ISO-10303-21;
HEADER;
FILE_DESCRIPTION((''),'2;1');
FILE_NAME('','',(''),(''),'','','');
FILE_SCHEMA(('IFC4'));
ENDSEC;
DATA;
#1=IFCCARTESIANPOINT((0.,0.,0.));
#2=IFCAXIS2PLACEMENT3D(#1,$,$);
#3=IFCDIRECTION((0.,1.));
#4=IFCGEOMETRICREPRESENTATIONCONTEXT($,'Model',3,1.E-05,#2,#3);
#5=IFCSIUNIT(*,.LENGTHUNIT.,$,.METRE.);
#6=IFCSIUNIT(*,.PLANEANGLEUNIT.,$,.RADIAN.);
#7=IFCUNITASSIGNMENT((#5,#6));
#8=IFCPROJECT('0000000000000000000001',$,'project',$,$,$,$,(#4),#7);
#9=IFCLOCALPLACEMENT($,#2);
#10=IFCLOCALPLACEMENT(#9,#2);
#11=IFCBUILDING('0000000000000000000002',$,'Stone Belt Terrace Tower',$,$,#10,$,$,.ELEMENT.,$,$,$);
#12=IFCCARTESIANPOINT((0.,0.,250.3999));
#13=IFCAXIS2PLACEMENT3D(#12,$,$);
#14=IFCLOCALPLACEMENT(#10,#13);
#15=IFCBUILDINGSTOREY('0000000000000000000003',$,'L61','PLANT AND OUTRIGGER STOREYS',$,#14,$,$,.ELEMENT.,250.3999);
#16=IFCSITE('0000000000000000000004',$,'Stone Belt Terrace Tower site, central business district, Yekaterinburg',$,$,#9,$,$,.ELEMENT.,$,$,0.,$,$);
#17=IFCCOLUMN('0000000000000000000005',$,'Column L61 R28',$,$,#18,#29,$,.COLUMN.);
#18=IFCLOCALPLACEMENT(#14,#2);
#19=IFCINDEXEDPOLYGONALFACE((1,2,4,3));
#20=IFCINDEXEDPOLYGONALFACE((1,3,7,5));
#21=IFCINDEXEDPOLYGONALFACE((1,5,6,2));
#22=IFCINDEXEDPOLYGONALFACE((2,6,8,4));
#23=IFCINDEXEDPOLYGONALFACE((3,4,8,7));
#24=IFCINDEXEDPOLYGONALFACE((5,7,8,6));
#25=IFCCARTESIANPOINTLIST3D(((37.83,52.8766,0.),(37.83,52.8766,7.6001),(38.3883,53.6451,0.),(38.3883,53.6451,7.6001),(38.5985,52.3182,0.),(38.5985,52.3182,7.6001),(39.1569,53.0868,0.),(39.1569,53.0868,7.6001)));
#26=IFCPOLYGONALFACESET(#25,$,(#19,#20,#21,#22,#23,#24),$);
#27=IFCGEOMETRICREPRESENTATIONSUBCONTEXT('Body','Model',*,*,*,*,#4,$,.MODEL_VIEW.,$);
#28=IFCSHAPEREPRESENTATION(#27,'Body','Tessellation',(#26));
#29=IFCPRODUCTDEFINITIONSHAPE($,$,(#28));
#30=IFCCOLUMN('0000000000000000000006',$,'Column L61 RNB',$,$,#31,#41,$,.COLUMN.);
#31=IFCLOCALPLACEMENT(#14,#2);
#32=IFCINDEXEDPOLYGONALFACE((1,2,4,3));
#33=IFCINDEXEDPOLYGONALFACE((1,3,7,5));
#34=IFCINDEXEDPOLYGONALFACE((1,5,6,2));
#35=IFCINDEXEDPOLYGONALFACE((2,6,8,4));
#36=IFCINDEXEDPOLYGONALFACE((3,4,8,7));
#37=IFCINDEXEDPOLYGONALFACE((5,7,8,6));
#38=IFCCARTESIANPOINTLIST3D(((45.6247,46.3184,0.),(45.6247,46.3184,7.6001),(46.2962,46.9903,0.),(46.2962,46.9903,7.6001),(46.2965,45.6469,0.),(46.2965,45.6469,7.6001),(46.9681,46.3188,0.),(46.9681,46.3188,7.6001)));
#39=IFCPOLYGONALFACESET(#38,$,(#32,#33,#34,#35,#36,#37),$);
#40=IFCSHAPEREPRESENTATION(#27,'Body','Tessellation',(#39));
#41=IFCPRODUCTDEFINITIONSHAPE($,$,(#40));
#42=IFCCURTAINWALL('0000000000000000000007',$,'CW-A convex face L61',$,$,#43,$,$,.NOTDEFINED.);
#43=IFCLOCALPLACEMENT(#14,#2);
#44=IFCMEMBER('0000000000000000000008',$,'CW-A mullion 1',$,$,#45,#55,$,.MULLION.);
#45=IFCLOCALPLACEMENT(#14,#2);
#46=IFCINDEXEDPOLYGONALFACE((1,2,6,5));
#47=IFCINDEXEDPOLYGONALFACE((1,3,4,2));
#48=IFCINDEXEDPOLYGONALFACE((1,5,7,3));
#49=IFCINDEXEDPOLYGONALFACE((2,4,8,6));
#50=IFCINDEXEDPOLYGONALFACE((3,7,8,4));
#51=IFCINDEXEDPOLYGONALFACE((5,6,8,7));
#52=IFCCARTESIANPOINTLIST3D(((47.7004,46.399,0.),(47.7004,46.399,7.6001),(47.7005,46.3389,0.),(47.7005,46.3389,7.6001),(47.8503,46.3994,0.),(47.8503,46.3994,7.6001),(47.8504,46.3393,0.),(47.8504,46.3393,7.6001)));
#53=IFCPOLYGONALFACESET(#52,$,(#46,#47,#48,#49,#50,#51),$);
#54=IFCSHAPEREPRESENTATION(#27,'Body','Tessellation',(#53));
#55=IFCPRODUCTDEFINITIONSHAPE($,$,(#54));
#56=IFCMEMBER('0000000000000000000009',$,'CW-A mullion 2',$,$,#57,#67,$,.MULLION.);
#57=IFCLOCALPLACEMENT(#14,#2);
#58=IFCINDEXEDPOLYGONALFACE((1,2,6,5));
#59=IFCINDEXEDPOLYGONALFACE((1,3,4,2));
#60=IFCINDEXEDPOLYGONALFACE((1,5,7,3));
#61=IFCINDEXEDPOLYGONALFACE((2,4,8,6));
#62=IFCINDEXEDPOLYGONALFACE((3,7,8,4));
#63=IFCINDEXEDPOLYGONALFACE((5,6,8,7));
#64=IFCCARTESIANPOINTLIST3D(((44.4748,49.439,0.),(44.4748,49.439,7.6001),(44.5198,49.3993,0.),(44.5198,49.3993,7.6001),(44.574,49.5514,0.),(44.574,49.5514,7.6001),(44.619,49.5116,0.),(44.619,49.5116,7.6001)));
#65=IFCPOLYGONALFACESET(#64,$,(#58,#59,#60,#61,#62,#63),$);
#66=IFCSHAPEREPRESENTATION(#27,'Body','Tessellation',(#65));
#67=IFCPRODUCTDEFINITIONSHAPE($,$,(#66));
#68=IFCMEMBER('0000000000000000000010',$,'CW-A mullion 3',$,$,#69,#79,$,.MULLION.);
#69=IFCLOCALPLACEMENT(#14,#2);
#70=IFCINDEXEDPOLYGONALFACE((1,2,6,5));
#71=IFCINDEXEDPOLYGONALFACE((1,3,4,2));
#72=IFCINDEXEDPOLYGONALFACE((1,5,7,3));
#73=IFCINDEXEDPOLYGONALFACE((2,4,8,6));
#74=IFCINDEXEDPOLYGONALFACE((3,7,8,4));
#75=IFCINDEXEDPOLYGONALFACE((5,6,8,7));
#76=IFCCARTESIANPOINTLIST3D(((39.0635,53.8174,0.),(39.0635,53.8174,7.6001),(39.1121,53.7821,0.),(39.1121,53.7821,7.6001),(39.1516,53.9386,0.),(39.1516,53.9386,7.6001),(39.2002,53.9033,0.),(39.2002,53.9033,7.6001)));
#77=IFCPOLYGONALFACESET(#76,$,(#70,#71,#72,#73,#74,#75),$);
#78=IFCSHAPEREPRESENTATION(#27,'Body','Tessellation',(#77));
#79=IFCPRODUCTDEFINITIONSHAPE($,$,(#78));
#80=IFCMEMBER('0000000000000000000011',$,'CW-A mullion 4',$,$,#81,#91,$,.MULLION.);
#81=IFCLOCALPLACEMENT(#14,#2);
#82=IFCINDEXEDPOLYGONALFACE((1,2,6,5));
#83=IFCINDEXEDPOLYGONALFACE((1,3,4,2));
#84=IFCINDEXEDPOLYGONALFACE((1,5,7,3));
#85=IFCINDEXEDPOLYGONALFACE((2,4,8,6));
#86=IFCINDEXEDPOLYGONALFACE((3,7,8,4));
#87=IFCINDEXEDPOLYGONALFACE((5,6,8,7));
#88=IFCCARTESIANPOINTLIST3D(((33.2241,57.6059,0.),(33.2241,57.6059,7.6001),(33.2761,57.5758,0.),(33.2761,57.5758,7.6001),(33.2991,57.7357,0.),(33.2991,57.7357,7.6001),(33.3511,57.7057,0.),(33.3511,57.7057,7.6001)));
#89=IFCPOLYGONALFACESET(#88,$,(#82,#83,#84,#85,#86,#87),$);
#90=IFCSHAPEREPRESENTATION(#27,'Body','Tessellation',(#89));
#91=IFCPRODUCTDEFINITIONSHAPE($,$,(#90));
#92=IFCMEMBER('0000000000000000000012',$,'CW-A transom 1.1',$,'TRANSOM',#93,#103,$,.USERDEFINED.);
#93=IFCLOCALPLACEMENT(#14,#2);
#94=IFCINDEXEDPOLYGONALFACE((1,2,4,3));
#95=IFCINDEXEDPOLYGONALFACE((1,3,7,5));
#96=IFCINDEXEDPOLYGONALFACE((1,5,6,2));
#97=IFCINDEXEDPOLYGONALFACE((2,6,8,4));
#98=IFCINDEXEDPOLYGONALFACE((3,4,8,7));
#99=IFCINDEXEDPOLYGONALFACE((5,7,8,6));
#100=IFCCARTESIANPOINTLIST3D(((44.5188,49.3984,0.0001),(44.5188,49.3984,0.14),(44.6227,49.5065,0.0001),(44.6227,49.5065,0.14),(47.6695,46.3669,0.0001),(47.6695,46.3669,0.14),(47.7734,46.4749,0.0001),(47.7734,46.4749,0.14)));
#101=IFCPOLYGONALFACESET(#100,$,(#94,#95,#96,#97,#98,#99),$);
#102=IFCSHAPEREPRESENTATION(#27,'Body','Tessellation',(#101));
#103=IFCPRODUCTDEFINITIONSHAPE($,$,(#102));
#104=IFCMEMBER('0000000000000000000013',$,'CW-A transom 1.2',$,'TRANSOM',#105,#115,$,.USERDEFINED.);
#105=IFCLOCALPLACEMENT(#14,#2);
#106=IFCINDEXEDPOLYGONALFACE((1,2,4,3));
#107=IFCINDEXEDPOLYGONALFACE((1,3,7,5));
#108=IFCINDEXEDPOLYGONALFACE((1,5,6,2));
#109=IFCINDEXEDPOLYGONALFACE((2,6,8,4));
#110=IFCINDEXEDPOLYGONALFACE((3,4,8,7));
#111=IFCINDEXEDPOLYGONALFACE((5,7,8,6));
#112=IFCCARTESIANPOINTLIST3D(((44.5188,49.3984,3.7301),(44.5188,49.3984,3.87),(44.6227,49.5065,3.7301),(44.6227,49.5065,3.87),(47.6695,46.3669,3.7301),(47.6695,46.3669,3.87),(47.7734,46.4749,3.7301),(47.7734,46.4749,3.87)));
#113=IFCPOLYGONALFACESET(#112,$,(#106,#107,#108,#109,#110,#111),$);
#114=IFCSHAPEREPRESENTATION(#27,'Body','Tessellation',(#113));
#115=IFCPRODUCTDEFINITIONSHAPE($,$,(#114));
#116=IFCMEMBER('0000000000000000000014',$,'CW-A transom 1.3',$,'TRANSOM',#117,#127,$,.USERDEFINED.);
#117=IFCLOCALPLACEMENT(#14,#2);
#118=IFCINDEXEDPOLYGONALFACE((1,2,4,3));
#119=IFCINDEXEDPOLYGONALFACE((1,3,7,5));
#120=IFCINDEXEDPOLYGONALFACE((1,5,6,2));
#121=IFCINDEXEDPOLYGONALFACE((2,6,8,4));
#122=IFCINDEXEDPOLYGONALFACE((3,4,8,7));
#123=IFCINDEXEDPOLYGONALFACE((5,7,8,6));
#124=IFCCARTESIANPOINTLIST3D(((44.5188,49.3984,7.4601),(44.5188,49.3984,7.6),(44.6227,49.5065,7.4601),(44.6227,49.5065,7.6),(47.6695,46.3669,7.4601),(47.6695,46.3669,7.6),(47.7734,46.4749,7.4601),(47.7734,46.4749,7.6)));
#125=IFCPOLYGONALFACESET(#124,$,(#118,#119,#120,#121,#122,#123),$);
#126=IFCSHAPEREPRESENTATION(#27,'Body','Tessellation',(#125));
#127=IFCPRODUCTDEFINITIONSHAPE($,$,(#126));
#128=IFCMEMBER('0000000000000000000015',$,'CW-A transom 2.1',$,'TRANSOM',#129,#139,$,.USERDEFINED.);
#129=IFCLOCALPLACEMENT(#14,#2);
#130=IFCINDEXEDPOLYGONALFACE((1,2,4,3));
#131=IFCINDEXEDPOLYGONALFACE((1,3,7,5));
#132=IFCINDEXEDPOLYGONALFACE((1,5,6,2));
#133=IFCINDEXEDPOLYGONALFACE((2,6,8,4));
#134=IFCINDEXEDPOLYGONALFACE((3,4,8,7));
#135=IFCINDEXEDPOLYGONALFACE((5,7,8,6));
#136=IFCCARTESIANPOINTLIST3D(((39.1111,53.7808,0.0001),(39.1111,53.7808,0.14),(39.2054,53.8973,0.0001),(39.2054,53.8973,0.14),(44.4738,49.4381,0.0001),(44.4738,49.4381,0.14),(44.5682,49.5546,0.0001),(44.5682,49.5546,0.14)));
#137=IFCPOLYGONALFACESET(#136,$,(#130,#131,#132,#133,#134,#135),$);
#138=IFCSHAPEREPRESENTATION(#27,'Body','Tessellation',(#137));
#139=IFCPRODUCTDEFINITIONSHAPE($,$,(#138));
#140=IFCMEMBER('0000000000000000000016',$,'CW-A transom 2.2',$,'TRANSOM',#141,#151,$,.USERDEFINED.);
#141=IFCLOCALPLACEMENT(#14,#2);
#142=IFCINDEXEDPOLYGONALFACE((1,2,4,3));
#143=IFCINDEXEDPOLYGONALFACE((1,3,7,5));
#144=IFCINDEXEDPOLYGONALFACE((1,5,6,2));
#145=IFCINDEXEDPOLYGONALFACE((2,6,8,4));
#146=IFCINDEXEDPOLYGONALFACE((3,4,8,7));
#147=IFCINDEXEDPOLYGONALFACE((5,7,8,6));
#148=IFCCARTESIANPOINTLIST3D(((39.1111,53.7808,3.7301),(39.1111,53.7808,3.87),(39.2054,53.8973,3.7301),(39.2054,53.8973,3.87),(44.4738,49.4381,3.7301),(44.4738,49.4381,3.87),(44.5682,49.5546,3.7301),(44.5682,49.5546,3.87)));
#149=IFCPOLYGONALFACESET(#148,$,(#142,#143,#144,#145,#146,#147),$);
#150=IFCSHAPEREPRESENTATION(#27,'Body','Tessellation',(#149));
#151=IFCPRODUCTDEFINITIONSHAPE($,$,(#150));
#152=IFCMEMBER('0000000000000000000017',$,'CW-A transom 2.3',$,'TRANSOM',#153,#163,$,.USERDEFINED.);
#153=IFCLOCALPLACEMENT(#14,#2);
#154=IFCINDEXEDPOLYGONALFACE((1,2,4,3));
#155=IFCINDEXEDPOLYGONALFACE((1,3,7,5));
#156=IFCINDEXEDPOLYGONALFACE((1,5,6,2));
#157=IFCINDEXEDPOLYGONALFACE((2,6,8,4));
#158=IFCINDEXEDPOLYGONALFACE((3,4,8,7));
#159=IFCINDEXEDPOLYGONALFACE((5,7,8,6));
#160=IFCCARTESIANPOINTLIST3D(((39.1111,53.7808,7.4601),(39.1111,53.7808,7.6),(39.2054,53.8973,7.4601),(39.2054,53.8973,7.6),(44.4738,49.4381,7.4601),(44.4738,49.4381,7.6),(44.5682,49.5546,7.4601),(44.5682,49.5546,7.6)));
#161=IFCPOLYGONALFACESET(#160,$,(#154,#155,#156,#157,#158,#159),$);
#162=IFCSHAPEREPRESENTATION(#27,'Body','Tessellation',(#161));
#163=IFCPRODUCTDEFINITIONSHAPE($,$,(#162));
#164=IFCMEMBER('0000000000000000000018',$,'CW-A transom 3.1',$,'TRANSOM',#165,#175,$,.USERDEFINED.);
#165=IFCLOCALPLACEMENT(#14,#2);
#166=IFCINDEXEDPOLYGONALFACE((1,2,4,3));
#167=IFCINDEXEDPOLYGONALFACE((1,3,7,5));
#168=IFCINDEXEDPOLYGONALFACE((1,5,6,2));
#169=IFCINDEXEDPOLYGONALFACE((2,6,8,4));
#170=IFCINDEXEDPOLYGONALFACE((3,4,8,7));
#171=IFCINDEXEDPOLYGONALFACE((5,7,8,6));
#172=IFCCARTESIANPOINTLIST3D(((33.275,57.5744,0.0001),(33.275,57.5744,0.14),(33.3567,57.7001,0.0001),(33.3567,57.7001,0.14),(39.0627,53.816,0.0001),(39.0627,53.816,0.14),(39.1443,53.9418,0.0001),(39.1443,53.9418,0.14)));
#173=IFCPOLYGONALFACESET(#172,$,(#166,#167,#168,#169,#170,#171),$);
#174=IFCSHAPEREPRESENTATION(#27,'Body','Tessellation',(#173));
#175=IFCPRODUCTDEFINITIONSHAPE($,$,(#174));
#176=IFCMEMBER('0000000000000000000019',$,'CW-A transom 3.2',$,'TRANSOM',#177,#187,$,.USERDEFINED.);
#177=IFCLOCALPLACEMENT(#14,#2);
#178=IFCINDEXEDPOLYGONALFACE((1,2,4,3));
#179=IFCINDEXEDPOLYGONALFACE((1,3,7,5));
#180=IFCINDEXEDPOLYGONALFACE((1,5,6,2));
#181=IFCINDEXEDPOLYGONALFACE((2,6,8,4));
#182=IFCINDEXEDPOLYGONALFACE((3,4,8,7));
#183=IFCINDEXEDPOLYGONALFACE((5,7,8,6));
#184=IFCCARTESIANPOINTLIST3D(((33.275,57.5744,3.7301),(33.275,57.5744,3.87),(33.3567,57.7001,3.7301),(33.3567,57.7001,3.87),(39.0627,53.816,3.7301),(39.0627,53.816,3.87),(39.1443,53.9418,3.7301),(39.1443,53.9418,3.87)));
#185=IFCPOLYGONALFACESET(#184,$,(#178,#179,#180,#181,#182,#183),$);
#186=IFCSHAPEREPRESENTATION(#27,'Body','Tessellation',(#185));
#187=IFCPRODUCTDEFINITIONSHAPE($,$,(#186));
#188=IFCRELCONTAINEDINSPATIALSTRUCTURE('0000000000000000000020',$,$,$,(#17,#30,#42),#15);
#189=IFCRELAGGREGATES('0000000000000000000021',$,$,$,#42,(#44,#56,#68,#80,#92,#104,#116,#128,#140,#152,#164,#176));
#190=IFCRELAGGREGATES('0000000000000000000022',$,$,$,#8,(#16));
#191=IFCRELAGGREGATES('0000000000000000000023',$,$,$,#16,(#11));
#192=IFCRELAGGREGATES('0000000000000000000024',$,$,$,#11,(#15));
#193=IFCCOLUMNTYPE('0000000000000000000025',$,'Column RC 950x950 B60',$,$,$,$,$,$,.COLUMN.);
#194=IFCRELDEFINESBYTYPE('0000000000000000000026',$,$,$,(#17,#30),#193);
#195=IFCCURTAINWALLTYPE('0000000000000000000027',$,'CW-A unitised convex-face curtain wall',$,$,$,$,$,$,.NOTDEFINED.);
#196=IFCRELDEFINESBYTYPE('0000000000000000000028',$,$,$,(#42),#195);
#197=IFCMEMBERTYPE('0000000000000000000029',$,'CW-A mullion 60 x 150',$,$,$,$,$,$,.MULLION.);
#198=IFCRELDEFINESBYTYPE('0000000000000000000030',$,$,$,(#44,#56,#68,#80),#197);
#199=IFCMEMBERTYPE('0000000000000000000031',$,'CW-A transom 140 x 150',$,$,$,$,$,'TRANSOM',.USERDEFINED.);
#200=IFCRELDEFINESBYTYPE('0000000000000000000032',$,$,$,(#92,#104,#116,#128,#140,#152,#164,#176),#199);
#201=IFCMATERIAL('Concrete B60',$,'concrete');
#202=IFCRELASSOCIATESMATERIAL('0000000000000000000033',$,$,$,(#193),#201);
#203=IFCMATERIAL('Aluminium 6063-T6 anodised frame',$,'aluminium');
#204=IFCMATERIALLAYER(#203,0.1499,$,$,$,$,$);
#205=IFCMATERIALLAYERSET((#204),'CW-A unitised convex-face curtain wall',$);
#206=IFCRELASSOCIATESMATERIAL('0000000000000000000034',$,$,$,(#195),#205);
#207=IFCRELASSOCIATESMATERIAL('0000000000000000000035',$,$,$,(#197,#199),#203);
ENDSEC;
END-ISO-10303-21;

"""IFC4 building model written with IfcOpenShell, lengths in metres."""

from ifc_helpers import new_model, si_unit, direction, frame, origin, origin_2d, place, context, subcontext, project, spatial, rectangle, extrude, material, layer, layer_set, material_profile, profile_set, type_object, element, aggregate, save


model = new_model("IFC4")

# Units and contexts
model_context = context("Model", 3, precision=1e-05, world=origin(), true_north=direction((0.0, 1.0)))
body_context = subcontext(model_context, "Body", "Model", "MODEL_VIEW")
ifc_project = project(units=[si_unit("LENGTHUNIT", "METRE"), si_unit("PLANEANGLEUNIT", "RADIAN")], contexts=[model_context])

# Site, building, storey
site_placement = place(None, origin())
site = spatial("IfcSite", under=ifc_project, at=site_placement, Name="Stone Belt Terrace Tower site, central business district, Yekaterinburg", CompositionType="ELEMENT", RefElevation=0.0)
building_placement = place(site_placement, origin())
building = spatial("IfcBuilding", under=site, at=building_placement, Name="Stone Belt Terrace Tower", CompositionType="ELEMENT")
storey_placement = place(building_placement, frame((0.0, 0.0, 250.3999)))
storey = spatial("IfcBuildingStorey", under=building, at=storey_placement, Name="L61", Description="PLANT AND OUTRIGGER STOREYS", CompositionType="ELEMENT", Elevation=250.3999)

# Columns
ifc_material_1 = material(Name="Concrete B60", Category="concrete")
ifc_material_profile_1 = material_profile(ifc_material_1, rectangle(XDim=0.95, YDim=0.95, at=origin_2d()), Name="RC 950x950")
ifc_profile_set_1 = profile_set([ifc_material_profile_1], Name="Concrete B60")
column_type = type_object("IfcColumnType", Name="Column RC 950x950 B60", PredefinedType="COLUMN", material=ifc_profile_set_1)
for number, where, z_axis, x_axis, name in (
    (1, (38.4934, 52.9817, 0.0), (0.0, 0.0, 1.0), (0.809017, -0.587785, 0.0), "Column L61 R28"),
    (2, (46.2964, 46.3186, 0.0), (0.0, 0.0, 1.0), (0.707276, -0.706938, 0.0), "Column L61 RNB"),
):
    element("IfcColumn", number, at=place(storey_placement, frame(where, z_axis=z_axis, x_axis=x_axis)), inside=storey, type_object=column_type, Name=name, PredefinedType="COLUMN", context=body_context, shape_type="SweptSolid", body=[
        extrude(rectangle(XDim=0.95, YDim=0.95, at=origin_2d()), origin(), (0.0, 0.0, 1.0), 7.6001),
    ])

# Curtain wall, members
ifc_material_2 = material(Name="Aluminium 6063-T6 anodised frame", Category="aluminium")
ifc_layer_1 = layer(ifc_material_2, 0.1499)
ifc_layer_set_1 = layer_set([ifc_layer_1], Name="CW-A unitised convex-face curtain wall")
curtain_wall_type_1 = type_object("IfcCurtainWallType", Name="CW-A unitised convex-face curtain wall", PredefinedType="NOTDEFINED", material=ifc_layer_set_1)
curtain_wall_1_placement = place(storey_placement, origin())
curtain_wall_1 = element("IfcCurtainWall", 3, at=curtain_wall_1_placement, inside=storey, type_object=curtain_wall_type_1, Name="CW-A convex face L61", PredefinedType="NOTDEFINED")
ifc_material_profile_2 = material_profile(ifc_material_2, rectangle(XDim=0.1499, YDim=0.0601, at=origin_2d()), Name="Aluminium 6063-T6 60x150")
ifc_profile_set_2 = profile_set([ifc_material_profile_2], Name="Aluminium 6063-T6 anodised frame")
member_type_1 = type_object("IfcMemberType", Name="CW-A mullion 60 x 150", PredefinedType="MULLION", material=ifc_profile_set_2)
member_1_placement = place(storey_placement, frame((47.7754, 46.3691, 0.0), z_axis=(0.0, 0.0, 1.0), x_axis=(-0.999996, -0.002733, 0.0)))
member_1 = element("IfcMember", 4, at=member_1_placement, type_object=member_type_1, Name="CW-A mullion 1", PredefinedType="MULLION", context=body_context, shape_type="SweptSolid", body=[
    extrude(rectangle(XDim=0.1499, YDim=0.0601, at=origin_2d()), origin(), (0.0, 0.0, 1.0), 7.6001),
])
member_2_placement = place(storey_placement, frame((44.5469, 49.4753, 0.0), z_axis=(0.0, 0.0, 1.0), x_axis=(-0.661937, -0.749559, 0.0)))
member_2 = element("IfcMember", 5, at=member_2_placement, type_object=member_type_1, Name="CW-A mullion 2", PredefinedType="MULLION", context=body_context, shape_type="SweptSolid", body=[
    extrude(rectangle(XDim=0.1499, YDim=0.0601, at=origin_2d()), origin(), (0.0, 0.0, 1.0), 7.6001),
])
member_3_placement = place(storey_placement, frame((39.1318, 53.8604, 0.0), z_axis=(0.0, 0.0, 1.0), x_axis=(-0.587785, -0.809017, 0.0)))
member_3 = element("IfcMember", 6, at=member_3_placement, type_object=member_type_1, Name="CW-A mullion 3", PredefinedType="MULLION", context=body_context, shape_type="SweptSolid", body=[
    extrude(rectangle(XDim=0.1499, YDim=0.0601, at=origin_2d()), origin(), (0.0, 0.0, 1.0), 7.6001),
])
member_4_placement = place(storey_placement, frame((33.2876, 57.6558, 0.0), z_axis=(0.0, 0.0, 1.0), x_axis=(-0.5, -0.866025, 0.0)))
member_4 = element("IfcMember", 7, at=member_4_placement, type_object=member_type_1, Name="CW-A mullion 4", PredefinedType="MULLION", context=body_context, shape_type="SweptSolid", body=[
    extrude(rectangle(XDim=0.1499, YDim=0.0601, at=origin_2d()), origin(), (0.0, 0.0, 1.0), 7.6001),
])
ifc_material_profile_3 = material_profile(ifc_material_2, rectangle(XDim=0.1499, YDim=0.1399, at=origin_2d()), Name="Aluminium 6063-T6 150x140")
ifc_profile_set_3 = profile_set([ifc_material_profile_3], Name="Aluminium 6063-T6 anodised frame")
member_type_2 = type_object("IfcMemberType", Name="CW-A transom 140 x 150", ElementType="TRANSOM", PredefinedType="USERDEFINED", material=ifc_profile_set_3)
member_5_placement = place(storey_placement, frame((47.7214, 46.4209, 0.0701), z_axis=(-0.7206, 0.693351, 0.0), x_axis=(-0.693351, -0.7206, 0.0)))
member_5 = element("IfcMember", 8, at=member_5_placement, type_object=member_type_2, Name="CW-A transom 1.1", ObjectType="TRANSOM", PredefinedType="USERDEFINED", context=body_context, shape_type="SweptSolid", body=[
    extrude(rectangle(XDim=0.1499, YDim=0.1399, at=origin_2d()), origin(), (0.0, 0.0, 1.0), 4.3723),
])
member_6_placement = place(storey_placement, frame((47.7214, 46.4209, 3.8), z_axis=(-0.7206, 0.693351, 0.0), x_axis=(-0.693351, -0.7206, 0.0)))
member_6 = element("IfcMember", 9, at=member_6_placement, type_object=member_type_2, Name="CW-A transom 1.2", ObjectType="TRANSOM", PredefinedType="USERDEFINED", context=body_context, shape_type="SweptSolid", body=[
    extrude(rectangle(XDim=0.1499, YDim=0.1399, at=origin_2d()), origin(), (0.0, 0.0, 1.0), 4.3723),
])
member_7_placement = place(storey_placement, frame((47.7214, 46.4209, 7.53), z_axis=(-0.7206, 0.693351, 0.0), x_axis=(-0.693351, -0.7206, 0.0)))
member_7 = element("IfcMember", 10, at=member_7_placement, type_object=member_type_2, Name="CW-A transom 1.3", ObjectType="TRANSOM", PredefinedType="USERDEFINED", context=body_context, shape_type="SweptSolid", body=[
    extrude(rectangle(XDim=0.1499, YDim=0.1399, at=origin_2d()), origin(), (0.0, 0.0, 1.0), 4.3723),
])
member_8_placement = place(storey_placement, frame((44.521, 49.4963, 0.0701), z_axis=(-0.777141, 0.629326, 0.0), x_axis=(-0.629326, -0.777141, 0.0)))
member_8 = element("IfcMember", 11, at=member_8_placement, type_object=member_type_2, Name="CW-A transom 2.1", ObjectType="TRANSOM", PredefinedType="USERDEFINED", context=body_context, shape_type="SweptSolid", body=[
    extrude(rectangle(XDim=0.1499, YDim=0.1399, at=origin_2d()), origin(), (0.0, 0.0, 1.0), 6.9006),
])
member_9_placement = place(storey_placement, frame((44.521, 49.4963, 3.8), z_axis=(-0.777141, 0.629326, 0.0), x_axis=(-0.629326, -0.777141, 0.0)))
member_9 = element("IfcMember", 12, at=member_9_placement, type_object=member_type_2, Name="CW-A transom 2.2", ObjectType="TRANSOM", PredefinedType="USERDEFINED", context=body_context, shape_type="SweptSolid", body=[
    extrude(rectangle(XDim=0.1499, YDim=0.1399, at=origin_2d()), origin(), (0.0, 0.0, 1.0), 6.9006),
])
member_10_placement = place(storey_placement, frame((44.521, 49.4963, 7.53), z_axis=(-0.777141, 0.629326, 0.0), x_axis=(-0.629326, -0.777141, 0.0)))
member_10 = element("IfcMember", 13, at=member_10_placement, type_object=member_type_2, Name="CW-A transom 2.3", ObjectType="TRANSOM", PredefinedType="USERDEFINED", context=body_context, shape_type="SweptSolid", body=[
    extrude(rectangle(XDim=0.1499, YDim=0.1399, at=origin_2d()), origin(), (0.0, 0.0, 1.0), 6.9006),
])
member_11_placement = place(storey_placement, frame((39.1035, 53.8789, 0.0701), z_axis=(-0.838684, 0.544618, 0.0), x_axis=(-0.544618, -0.838684, 0.0)))
member_11 = element("IfcMember", 14, at=member_11_placement, type_object=member_type_2, Name="CW-A transom 3.1", ObjectType="TRANSOM", PredefinedType="USERDEFINED", context=body_context, shape_type="SweptSolid", body=[
    extrude(rectangle(XDim=0.1499, YDim=0.1399, at=origin_2d()), origin(), (0.0, 0.0, 1.0), 6.9009),
])
member_12_placement = place(storey_placement, frame((39.1035, 53.8789, 3.8), z_axis=(-0.838684, 0.544618, 0.0), x_axis=(-0.544618, -0.838684, 0.0)))
member_12 = element("IfcMember", 15, at=member_12_placement, type_object=member_type_2, Name="CW-A transom 3.2", ObjectType="TRANSOM", PredefinedType="USERDEFINED", context=body_context, shape_type="SweptSolid", body=[
    extrude(rectangle(XDim=0.1499, YDim=0.1399, at=origin_2d()), origin(), (0.0, 0.0, 1.0), 6.9009),
])

aggregate(curtain_wall_1, [member_1, member_2, member_3, member_4, member_5, member_6, member_7, member_8, member_9, member_10, member_11, member_12])

save(model, "model.ifc")
